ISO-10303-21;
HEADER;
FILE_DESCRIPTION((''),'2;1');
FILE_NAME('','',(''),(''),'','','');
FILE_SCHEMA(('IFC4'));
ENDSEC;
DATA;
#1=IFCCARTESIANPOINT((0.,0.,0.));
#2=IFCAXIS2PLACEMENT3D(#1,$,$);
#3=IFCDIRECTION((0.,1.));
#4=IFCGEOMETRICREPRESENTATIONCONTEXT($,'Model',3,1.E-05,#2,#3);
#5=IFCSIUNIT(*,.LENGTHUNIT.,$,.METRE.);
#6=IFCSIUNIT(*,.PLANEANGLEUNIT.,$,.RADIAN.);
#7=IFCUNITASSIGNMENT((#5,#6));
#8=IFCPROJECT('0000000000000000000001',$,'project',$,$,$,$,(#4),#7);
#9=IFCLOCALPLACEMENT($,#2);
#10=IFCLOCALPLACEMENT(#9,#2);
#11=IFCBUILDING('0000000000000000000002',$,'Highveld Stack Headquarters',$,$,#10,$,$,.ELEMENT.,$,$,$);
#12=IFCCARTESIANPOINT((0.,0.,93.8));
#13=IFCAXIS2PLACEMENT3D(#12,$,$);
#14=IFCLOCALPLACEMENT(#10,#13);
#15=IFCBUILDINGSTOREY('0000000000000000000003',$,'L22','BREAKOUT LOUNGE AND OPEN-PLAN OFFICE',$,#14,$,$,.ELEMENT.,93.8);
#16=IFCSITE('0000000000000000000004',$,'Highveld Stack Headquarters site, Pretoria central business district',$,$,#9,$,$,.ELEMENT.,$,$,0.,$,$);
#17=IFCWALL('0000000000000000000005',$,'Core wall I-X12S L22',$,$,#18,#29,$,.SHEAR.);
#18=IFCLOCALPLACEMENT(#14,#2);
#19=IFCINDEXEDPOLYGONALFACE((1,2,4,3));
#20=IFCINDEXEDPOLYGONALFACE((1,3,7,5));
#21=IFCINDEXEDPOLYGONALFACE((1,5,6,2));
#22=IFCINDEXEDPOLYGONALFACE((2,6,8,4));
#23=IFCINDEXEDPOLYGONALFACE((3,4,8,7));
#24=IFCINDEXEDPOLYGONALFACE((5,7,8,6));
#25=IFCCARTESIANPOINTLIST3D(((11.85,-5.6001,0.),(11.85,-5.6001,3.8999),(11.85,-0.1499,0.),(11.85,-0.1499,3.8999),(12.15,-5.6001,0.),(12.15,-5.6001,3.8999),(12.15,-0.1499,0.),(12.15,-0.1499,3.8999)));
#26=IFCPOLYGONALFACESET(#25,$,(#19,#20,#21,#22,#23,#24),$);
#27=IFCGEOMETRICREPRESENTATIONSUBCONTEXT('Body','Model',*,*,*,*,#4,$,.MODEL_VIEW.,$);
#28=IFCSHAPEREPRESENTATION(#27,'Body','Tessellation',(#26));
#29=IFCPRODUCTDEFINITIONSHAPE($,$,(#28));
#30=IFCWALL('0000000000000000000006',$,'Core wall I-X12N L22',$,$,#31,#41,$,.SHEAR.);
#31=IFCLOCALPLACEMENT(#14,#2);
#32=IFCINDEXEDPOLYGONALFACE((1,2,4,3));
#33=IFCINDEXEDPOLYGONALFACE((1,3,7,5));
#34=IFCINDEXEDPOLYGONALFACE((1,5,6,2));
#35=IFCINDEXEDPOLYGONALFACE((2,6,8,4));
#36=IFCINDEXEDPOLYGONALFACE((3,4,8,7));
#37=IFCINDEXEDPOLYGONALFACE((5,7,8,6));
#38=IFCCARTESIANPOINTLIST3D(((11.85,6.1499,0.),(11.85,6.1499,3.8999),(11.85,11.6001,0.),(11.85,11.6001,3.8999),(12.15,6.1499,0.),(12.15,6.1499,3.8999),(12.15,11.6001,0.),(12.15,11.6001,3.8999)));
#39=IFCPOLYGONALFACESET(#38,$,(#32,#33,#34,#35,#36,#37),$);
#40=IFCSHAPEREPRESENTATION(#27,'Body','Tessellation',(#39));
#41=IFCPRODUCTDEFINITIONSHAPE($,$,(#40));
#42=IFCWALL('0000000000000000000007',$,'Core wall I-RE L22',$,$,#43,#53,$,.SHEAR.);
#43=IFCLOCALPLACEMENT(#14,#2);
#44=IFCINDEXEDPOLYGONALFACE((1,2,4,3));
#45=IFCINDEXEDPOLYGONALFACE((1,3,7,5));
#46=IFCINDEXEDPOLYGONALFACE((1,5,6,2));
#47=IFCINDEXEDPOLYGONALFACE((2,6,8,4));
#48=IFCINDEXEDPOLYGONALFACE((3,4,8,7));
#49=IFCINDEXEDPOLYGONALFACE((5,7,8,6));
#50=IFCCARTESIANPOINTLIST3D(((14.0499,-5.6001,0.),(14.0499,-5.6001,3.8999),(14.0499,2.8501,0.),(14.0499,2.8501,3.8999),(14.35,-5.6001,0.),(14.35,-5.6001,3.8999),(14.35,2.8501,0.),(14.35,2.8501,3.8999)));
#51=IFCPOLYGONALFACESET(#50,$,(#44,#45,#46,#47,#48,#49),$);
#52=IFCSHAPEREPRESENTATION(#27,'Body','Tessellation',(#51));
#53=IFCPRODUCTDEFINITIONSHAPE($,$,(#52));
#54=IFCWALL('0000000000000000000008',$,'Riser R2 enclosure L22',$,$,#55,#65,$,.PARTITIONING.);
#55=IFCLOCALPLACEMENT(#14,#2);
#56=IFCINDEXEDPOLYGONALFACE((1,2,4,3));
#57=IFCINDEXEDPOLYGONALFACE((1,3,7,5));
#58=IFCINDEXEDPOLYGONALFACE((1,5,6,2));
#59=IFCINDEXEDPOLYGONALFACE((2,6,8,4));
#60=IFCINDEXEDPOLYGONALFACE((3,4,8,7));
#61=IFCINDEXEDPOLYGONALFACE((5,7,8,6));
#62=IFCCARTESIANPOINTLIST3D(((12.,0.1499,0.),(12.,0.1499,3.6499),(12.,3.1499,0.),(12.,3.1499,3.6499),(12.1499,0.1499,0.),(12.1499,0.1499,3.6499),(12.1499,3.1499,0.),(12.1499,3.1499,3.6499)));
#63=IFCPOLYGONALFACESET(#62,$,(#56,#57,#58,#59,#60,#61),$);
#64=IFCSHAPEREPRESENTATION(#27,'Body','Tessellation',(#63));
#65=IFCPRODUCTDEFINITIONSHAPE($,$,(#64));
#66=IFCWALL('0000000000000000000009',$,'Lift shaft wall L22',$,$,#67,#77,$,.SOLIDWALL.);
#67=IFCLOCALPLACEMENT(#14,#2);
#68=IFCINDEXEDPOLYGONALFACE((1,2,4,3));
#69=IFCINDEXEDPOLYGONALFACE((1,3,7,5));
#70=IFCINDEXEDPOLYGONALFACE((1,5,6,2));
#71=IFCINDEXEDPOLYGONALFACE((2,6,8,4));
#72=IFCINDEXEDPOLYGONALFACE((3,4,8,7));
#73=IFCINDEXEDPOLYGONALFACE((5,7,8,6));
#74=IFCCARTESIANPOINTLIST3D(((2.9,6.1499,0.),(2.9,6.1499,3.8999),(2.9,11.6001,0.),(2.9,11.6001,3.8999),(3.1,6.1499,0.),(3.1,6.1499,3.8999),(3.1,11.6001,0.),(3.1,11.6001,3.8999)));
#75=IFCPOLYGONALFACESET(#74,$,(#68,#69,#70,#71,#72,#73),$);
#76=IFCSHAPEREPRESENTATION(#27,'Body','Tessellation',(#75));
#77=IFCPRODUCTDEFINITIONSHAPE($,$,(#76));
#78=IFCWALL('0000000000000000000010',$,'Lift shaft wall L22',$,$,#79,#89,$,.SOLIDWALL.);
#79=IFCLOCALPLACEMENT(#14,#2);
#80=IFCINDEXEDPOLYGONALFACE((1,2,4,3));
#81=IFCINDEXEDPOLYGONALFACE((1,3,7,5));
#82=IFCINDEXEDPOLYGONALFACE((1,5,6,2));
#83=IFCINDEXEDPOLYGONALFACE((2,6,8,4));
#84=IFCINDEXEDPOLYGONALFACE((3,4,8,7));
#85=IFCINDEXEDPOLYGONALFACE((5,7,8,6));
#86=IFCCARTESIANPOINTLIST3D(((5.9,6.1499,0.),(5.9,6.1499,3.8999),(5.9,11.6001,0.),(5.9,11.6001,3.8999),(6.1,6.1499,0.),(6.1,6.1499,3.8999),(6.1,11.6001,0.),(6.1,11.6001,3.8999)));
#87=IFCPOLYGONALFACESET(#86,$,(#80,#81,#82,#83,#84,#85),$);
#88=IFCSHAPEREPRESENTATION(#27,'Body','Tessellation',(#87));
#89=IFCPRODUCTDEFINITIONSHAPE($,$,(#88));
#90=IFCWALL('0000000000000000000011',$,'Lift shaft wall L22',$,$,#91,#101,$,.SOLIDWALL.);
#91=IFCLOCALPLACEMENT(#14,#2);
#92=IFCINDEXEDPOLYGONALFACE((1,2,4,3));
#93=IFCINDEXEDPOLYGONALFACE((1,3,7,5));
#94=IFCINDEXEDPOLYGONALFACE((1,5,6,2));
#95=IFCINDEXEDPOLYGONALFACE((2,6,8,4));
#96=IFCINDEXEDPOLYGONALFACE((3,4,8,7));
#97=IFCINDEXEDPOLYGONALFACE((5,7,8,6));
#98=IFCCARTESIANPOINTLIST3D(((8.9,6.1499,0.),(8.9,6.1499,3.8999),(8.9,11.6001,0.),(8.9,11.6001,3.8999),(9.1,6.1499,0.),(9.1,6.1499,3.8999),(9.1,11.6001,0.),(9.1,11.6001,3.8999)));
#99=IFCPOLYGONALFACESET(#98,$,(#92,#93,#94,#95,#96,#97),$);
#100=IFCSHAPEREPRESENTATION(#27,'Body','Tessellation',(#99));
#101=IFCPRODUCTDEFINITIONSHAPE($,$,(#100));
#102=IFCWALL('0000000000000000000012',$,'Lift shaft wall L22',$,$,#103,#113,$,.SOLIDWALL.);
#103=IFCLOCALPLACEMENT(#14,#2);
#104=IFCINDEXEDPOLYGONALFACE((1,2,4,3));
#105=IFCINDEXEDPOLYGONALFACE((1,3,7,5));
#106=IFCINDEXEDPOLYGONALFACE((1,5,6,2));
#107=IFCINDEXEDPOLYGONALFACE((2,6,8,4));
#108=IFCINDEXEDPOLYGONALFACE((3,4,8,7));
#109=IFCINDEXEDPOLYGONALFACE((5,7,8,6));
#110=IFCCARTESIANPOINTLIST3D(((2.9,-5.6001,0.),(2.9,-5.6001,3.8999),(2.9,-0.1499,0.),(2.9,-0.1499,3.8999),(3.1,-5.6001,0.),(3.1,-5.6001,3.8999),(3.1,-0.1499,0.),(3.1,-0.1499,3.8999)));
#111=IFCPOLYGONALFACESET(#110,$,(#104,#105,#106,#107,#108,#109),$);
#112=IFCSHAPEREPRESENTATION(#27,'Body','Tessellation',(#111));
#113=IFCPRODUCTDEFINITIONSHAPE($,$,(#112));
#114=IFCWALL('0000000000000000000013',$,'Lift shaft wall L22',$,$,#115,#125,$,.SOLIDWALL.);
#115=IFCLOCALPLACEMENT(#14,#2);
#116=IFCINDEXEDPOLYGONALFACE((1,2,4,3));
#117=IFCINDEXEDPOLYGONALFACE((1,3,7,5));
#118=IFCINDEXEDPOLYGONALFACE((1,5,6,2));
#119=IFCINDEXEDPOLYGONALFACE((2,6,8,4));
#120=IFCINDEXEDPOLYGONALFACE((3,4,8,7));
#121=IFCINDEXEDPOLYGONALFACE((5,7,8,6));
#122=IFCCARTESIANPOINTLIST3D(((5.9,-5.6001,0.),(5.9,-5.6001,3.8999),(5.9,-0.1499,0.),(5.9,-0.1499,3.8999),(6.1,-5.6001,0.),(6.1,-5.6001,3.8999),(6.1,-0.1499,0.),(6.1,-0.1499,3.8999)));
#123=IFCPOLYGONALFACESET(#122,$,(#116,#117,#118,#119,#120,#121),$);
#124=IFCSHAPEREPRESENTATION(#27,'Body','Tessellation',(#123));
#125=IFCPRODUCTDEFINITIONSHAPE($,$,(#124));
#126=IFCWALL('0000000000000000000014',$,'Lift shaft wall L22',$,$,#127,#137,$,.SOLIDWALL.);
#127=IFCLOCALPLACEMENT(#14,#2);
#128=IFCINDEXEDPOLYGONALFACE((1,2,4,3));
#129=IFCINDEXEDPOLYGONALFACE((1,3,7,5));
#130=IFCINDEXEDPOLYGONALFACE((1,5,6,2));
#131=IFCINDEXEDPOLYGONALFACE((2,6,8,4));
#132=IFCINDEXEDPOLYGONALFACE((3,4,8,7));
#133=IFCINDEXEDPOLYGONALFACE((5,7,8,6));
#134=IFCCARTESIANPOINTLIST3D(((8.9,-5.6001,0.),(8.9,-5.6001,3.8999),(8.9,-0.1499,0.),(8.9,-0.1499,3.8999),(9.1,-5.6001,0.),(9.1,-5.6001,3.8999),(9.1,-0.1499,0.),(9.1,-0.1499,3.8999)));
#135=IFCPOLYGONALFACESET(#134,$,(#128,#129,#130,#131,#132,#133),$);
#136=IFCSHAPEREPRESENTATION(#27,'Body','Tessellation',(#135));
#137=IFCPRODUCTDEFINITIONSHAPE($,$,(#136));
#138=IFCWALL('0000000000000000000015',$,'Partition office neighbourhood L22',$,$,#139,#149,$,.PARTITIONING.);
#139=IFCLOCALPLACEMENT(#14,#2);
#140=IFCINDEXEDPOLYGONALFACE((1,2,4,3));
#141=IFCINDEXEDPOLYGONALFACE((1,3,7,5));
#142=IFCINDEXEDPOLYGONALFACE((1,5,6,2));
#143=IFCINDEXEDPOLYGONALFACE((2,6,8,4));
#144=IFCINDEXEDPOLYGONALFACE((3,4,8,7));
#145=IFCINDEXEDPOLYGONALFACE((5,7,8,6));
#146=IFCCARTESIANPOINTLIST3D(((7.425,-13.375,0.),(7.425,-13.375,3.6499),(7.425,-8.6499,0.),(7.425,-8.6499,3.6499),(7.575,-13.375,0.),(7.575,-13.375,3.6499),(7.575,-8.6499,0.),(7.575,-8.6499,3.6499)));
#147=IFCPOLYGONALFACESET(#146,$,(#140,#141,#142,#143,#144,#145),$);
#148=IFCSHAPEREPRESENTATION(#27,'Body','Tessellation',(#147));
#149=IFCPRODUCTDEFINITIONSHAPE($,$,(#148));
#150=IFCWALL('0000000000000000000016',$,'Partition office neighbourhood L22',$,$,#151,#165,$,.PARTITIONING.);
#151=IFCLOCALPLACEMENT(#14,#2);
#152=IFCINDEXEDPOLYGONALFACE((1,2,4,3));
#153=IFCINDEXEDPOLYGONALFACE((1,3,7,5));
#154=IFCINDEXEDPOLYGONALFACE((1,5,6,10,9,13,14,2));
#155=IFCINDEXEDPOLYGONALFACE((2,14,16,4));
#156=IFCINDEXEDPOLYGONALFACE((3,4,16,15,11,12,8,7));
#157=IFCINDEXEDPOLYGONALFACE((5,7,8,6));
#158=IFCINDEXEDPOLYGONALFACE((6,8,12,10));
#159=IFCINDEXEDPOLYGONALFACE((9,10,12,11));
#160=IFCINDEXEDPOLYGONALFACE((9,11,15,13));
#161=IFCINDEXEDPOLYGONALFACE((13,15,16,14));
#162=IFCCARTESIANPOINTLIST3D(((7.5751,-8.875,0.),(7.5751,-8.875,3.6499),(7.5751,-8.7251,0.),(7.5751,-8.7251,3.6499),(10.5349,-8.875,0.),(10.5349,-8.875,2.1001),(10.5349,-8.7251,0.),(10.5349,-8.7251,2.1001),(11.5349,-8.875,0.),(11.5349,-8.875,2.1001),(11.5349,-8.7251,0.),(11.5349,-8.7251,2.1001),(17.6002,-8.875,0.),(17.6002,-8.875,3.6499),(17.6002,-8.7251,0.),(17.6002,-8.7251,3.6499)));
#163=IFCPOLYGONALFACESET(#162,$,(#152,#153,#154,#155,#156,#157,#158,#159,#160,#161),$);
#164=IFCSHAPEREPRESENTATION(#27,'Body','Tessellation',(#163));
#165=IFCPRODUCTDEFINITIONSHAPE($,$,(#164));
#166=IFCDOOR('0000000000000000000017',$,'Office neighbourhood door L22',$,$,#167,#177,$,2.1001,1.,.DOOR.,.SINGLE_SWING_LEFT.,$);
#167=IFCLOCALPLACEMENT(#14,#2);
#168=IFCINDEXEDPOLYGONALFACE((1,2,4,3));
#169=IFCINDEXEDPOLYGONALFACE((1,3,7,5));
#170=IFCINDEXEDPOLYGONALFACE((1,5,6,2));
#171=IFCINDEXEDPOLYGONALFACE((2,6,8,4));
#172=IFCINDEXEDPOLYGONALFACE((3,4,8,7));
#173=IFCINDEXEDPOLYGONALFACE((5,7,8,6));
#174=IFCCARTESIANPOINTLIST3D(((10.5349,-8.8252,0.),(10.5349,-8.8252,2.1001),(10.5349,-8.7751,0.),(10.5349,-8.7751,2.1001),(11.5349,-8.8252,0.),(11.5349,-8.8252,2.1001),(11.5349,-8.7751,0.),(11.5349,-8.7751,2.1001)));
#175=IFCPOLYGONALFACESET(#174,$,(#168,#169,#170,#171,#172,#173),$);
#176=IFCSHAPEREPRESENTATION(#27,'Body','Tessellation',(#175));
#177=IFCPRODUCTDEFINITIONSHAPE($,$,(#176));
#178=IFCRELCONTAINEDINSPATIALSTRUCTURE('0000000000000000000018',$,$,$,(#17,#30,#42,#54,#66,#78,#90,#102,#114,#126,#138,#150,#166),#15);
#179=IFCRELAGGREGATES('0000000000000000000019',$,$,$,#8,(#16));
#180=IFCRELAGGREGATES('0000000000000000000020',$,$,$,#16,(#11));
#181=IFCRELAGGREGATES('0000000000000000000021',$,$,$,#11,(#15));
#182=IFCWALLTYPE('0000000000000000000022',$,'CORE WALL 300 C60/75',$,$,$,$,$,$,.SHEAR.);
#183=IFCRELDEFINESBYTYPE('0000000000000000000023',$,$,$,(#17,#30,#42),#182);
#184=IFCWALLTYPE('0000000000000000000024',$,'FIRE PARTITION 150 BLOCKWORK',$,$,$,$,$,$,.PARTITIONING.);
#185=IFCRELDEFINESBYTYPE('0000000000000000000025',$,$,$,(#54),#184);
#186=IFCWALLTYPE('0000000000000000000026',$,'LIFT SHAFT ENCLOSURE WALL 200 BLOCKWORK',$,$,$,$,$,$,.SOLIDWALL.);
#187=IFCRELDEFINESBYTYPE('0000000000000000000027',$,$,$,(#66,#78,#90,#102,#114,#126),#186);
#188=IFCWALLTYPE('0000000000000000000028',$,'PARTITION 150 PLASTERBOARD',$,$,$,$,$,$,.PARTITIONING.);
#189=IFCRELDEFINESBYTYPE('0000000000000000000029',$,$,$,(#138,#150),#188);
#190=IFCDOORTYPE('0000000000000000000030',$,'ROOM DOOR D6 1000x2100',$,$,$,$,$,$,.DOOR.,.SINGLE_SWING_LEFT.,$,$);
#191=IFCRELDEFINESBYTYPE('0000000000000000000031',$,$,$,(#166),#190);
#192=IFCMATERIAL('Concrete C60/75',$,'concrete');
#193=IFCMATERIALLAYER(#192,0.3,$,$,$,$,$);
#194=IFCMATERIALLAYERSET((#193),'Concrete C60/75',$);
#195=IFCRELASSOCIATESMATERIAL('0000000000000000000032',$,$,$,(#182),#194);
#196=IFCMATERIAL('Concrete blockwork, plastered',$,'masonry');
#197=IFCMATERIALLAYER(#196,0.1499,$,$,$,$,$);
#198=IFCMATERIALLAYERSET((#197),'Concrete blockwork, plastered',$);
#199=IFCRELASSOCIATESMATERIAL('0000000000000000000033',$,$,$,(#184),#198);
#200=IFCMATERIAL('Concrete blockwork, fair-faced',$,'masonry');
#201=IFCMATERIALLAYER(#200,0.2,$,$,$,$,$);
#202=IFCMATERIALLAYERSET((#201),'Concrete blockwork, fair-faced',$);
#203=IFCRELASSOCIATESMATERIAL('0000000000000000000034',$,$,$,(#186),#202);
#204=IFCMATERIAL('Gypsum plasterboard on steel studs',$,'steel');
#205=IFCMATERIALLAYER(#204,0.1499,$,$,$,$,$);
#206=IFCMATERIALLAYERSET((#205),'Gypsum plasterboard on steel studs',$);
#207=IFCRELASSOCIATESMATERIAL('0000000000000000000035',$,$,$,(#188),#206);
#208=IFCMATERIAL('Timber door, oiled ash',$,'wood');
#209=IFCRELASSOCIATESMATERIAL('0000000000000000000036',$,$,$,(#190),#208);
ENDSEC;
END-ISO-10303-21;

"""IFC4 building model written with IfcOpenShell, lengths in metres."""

from ifc_helpers import new_model, si_unit, direction, frame, frame_2d, origin, place, context, subcontext, project, spatial, rectangle, extrude, material, layer, layer_set, type_object, element, fill, save


model = new_model("IFC4")

# Units and contexts
model_context = context("Model", 3, precision=1e-05, world=origin(), true_north=direction((0.0, 1.0)))
body_context = subcontext(model_context, "Body", "Model", "MODEL_VIEW")
ifc_project = project(units=[si_unit("LENGTHUNIT", "METRE"), si_unit("PLANEANGLEUNIT", "RADIAN")], contexts=[model_context])

# Site, building, storey
site_placement = place(None, origin())
site = spatial("IfcSite", under=ifc_project, at=site_placement, Name="Highveld Stack Headquarters site, Pretoria central business district", CompositionType="ELEMENT", RefElevation=0.0)
building_placement = place(site_placement, origin())
building = spatial("IfcBuilding", under=site, at=building_placement, Name="Highveld Stack Headquarters", CompositionType="ELEMENT")
storey_placement = place(building_placement, frame((0.0, 0.0, 93.8)))
storey = spatial("IfcBuildingStorey", under=building, at=storey_placement, Name="L22", Description="BREAKOUT LOUNGE AND OPEN-PLAN OFFICE", CompositionType="ELEMENT", Elevation=93.8)

# Shared definitions
ifc_material_1 = material(Name="Concrete C60/75", Category="concrete")
ifc_layer_1 = layer(ifc_material_1, 0.3)
ifc_layer_set_1 = layer_set([ifc_layer_1], Name="Concrete C60/75")
wall_type_1 = type_object("IfcWallType", Name="CORE WALL 300 C60/75", PredefinedType="SHEAR", material=ifc_layer_set_1)

# Walls
for number, where, z_axis, x_axis, name in (
    (1, (12.0, -5.6001, 0.0), (0.0, 0.0, 1.0), (0.0, 1.0, 0.0), "Core wall I-X12S L22"),
    (2, (12.0, 6.1499, 0.0), (0.0, 0.0, 1.0), (0.0, 1.0, 0.0), "Core wall I-X12N L22"),
):
    element("IfcWall", number, at=place(storey_placement, frame(where, z_axis=z_axis, x_axis=x_axis)), inside=storey, type_object=wall_type_1, Name=name, PredefinedType="SHEAR", context=body_context, shape_type="SweptSolid", body=[
        extrude(rectangle(XDim=5.4502, YDim=0.3, at=frame_2d((2.7251, 0.0))), origin(), (0.0, 0.0, 1.0), 3.8999),
    ])
wall_1_placement = place(storey_placement, frame((14.2, -5.6001, 0.0), z_axis=(0.0, 0.0, 1.0), x_axis=(0.0, 1.0, 0.0)))
element("IfcWall", 3, at=wall_1_placement, inside=storey, type_object=wall_type_1, Name="Core wall I-RE L22", PredefinedType="SHEAR", context=body_context, shape_type="SweptSolid", body=[
    extrude(rectangle(XDim=8.4502, YDim=0.3, at=frame_2d((4.2251, 0.0))), origin(), (0.0, 0.0, 1.0), 3.8999),
])
ifc_material_2 = material(Name="Concrete blockwork, plastered", Category="masonry")
ifc_layer_2 = layer(ifc_material_2, 0.1499)
ifc_layer_set_2 = layer_set([ifc_layer_2], Name="Concrete blockwork, plastered")
wall_type_2 = type_object("IfcWallType", Name="FIRE PARTITION 150 BLOCKWORK", PredefinedType="PARTITIONING", material=ifc_layer_set_2)
wall_2_placement = place(storey_placement, frame((12.075, 0.1499, 0.0), z_axis=(0.0, 0.0, 1.0), x_axis=(0.0, 1.0, 0.0)))
element("IfcWall", 4, at=wall_2_placement, inside=storey, type_object=wall_type_2, Name="Riser R2 enclosure L22", PredefinedType="PARTITIONING", context=body_context, shape_type="SweptSolid", body=[
    extrude(rectangle(XDim=3.0, YDim=0.1499, at=frame_2d((1.5, 0.0))), origin(), (0.0, 0.0, 1.0), 3.6499),
])
ifc_material_3 = material(Name="Concrete blockwork, fair-faced", Category="masonry")
ifc_layer_3 = layer(ifc_material_3, 0.2)
ifc_layer_set_3 = layer_set([ifc_layer_3], Name="Concrete blockwork, fair-faced")
wall_type_3 = type_object("IfcWallType", Name="LIFT SHAFT ENCLOSURE WALL 200 BLOCKWORK", PredefinedType="SOLIDWALL", material=ifc_layer_set_3)
for number, where, z_axis, x_axis, name in (
    (5, (3.0, 6.1499, 0.0), (0.0, 0.0, 1.0), (0.0, 1.0, 0.0), "Lift shaft wall L22"),
    (6, (6.0, 6.1499, 0.0), (0.0, 0.0, 1.0), (0.0, 1.0, 0.0), "Lift shaft wall L22"),
    (7, (9.0, 6.1499, 0.0), (0.0, 0.0, 1.0), (0.0, 1.0, 0.0), "Lift shaft wall L22"),
    (8, (3.0, -5.6001, 0.0), (0.0, 0.0, 1.0), (0.0, 1.0, 0.0), "Lift shaft wall L22"),
    (9, (6.0, -5.6001, 0.0), (0.0, 0.0, 1.0), (0.0, 1.0, 0.0), "Lift shaft wall L22"),
    (10, (9.0, -5.6001, 0.0), (0.0, 0.0, 1.0), (0.0, 1.0, 0.0), "Lift shaft wall L22"),
):
    element("IfcWall", number, at=place(storey_placement, frame(where, z_axis=z_axis, x_axis=x_axis)), inside=storey, type_object=wall_type_3, Name=name, PredefinedType="SOLIDWALL", context=body_context, shape_type="SweptSolid", body=[
        extrude(rectangle(XDim=5.4502, YDim=0.2, at=frame_2d((2.7251, 0.0))), origin(), (0.0, 0.0, 1.0), 3.8999),
    ])
ifc_material_4 = material(Name="Gypsum plasterboard on steel studs", Category="steel")
ifc_layer_4 = layer(ifc_material_4, 0.1499)
ifc_layer_set_4 = layer_set([ifc_layer_4], Name="Gypsum plasterboard on steel studs")
wall_type_4 = type_object("IfcWallType", Name="PARTITION 150 PLASTERBOARD", PredefinedType="PARTITIONING", material=ifc_layer_set_4)
wall_3_placement = place(storey_placement, frame((7.5, -13.375, 0.0), z_axis=(0.0, 0.0, 1.0), x_axis=(0.0, 1.0, 0.0)))
element("IfcWall", 11, at=wall_3_placement, inside=storey, type_object=wall_type_4, Name="Partition office neighbourhood L22", PredefinedType="PARTITIONING", context=body_context, shape_type="SweptSolid", body=[
    extrude(rectangle(XDim=4.7251, YDim=0.1499, at=frame_2d((2.3625, 0.0))), origin(), (0.0, 0.0, 1.0), 3.6499),
])

# Wall, opening, door
wall_4_placement = place(storey_placement, frame((7.575, -8.8, 0.0), z_axis=(0.0, 0.0, 1.0), x_axis=(1.0, 0.0, 0.0)))
wall_4 = element("IfcWall", 12, at=wall_4_placement, inside=storey, type_object=wall_type_4, Name="Partition office neighbourhood L22", PredefinedType="PARTITIONING", context=body_context, shape_type="SweptSolid", body=[
    extrude(rectangle(XDim=10.0251, YDim=0.1499, at=frame_2d((5.0127, 0.0))), origin(), (0.0, 0.0, 1.0), 3.6499),
])
opening_1_placement = place(wall_4_placement, frame((2.96, 0.0, 0.0)))
opening_1 = element("IfcOpeningElement", 13, at=opening_1_placement, cuts=wall_4, PredefinedType="OPENING", context=body_context, shape_type="SweptSolid", body=[
    extrude(rectangle(XDim=1.0, YDim=2.1001, at=frame_2d((0.5, 1.05))), frame((0.0, 0.085, 0.0), z_axis=(0.0, -1.0, 0.0), x_axis=(1.0, 0.0, 0.0)), (0.0, 0.0, 1.0), 0.1699),
])
ifc_material_5 = material(Name="Timber door, oiled ash", Category="wood")
door_type_1 = type_object("IfcDoorType", Name="ROOM DOOR D6 1000x2100", OperationType="SINGLE_SWING_LEFT", PredefinedType="DOOR", material=ifc_material_5)
door_1_placement = place(opening_1_placement, origin())
door_1 = element("IfcDoor", 14, at=door_1_placement, inside=storey, type_object=door_type_1, Name="Office neighbourhood door L22", OperationType="SINGLE_SWING_LEFT", OverallHeight=2.1001, OverallWidth=1.0, PredefinedType="DOOR", context=body_context, shape_type="SweptSolid", body=[
    extrude(rectangle(XDim=1.0, YDim=2.1001, at=frame_2d((0.5, 1.05))), frame((0.0, 0.0249, 0.0), z_axis=(0.0, -1.0, 0.0), x_axis=(1.0, 0.0, 0.0)), (0.0, 0.0, 1.0), 0.05),
])
fill(opening_1, door_1)

save(model, "model.ifc")
